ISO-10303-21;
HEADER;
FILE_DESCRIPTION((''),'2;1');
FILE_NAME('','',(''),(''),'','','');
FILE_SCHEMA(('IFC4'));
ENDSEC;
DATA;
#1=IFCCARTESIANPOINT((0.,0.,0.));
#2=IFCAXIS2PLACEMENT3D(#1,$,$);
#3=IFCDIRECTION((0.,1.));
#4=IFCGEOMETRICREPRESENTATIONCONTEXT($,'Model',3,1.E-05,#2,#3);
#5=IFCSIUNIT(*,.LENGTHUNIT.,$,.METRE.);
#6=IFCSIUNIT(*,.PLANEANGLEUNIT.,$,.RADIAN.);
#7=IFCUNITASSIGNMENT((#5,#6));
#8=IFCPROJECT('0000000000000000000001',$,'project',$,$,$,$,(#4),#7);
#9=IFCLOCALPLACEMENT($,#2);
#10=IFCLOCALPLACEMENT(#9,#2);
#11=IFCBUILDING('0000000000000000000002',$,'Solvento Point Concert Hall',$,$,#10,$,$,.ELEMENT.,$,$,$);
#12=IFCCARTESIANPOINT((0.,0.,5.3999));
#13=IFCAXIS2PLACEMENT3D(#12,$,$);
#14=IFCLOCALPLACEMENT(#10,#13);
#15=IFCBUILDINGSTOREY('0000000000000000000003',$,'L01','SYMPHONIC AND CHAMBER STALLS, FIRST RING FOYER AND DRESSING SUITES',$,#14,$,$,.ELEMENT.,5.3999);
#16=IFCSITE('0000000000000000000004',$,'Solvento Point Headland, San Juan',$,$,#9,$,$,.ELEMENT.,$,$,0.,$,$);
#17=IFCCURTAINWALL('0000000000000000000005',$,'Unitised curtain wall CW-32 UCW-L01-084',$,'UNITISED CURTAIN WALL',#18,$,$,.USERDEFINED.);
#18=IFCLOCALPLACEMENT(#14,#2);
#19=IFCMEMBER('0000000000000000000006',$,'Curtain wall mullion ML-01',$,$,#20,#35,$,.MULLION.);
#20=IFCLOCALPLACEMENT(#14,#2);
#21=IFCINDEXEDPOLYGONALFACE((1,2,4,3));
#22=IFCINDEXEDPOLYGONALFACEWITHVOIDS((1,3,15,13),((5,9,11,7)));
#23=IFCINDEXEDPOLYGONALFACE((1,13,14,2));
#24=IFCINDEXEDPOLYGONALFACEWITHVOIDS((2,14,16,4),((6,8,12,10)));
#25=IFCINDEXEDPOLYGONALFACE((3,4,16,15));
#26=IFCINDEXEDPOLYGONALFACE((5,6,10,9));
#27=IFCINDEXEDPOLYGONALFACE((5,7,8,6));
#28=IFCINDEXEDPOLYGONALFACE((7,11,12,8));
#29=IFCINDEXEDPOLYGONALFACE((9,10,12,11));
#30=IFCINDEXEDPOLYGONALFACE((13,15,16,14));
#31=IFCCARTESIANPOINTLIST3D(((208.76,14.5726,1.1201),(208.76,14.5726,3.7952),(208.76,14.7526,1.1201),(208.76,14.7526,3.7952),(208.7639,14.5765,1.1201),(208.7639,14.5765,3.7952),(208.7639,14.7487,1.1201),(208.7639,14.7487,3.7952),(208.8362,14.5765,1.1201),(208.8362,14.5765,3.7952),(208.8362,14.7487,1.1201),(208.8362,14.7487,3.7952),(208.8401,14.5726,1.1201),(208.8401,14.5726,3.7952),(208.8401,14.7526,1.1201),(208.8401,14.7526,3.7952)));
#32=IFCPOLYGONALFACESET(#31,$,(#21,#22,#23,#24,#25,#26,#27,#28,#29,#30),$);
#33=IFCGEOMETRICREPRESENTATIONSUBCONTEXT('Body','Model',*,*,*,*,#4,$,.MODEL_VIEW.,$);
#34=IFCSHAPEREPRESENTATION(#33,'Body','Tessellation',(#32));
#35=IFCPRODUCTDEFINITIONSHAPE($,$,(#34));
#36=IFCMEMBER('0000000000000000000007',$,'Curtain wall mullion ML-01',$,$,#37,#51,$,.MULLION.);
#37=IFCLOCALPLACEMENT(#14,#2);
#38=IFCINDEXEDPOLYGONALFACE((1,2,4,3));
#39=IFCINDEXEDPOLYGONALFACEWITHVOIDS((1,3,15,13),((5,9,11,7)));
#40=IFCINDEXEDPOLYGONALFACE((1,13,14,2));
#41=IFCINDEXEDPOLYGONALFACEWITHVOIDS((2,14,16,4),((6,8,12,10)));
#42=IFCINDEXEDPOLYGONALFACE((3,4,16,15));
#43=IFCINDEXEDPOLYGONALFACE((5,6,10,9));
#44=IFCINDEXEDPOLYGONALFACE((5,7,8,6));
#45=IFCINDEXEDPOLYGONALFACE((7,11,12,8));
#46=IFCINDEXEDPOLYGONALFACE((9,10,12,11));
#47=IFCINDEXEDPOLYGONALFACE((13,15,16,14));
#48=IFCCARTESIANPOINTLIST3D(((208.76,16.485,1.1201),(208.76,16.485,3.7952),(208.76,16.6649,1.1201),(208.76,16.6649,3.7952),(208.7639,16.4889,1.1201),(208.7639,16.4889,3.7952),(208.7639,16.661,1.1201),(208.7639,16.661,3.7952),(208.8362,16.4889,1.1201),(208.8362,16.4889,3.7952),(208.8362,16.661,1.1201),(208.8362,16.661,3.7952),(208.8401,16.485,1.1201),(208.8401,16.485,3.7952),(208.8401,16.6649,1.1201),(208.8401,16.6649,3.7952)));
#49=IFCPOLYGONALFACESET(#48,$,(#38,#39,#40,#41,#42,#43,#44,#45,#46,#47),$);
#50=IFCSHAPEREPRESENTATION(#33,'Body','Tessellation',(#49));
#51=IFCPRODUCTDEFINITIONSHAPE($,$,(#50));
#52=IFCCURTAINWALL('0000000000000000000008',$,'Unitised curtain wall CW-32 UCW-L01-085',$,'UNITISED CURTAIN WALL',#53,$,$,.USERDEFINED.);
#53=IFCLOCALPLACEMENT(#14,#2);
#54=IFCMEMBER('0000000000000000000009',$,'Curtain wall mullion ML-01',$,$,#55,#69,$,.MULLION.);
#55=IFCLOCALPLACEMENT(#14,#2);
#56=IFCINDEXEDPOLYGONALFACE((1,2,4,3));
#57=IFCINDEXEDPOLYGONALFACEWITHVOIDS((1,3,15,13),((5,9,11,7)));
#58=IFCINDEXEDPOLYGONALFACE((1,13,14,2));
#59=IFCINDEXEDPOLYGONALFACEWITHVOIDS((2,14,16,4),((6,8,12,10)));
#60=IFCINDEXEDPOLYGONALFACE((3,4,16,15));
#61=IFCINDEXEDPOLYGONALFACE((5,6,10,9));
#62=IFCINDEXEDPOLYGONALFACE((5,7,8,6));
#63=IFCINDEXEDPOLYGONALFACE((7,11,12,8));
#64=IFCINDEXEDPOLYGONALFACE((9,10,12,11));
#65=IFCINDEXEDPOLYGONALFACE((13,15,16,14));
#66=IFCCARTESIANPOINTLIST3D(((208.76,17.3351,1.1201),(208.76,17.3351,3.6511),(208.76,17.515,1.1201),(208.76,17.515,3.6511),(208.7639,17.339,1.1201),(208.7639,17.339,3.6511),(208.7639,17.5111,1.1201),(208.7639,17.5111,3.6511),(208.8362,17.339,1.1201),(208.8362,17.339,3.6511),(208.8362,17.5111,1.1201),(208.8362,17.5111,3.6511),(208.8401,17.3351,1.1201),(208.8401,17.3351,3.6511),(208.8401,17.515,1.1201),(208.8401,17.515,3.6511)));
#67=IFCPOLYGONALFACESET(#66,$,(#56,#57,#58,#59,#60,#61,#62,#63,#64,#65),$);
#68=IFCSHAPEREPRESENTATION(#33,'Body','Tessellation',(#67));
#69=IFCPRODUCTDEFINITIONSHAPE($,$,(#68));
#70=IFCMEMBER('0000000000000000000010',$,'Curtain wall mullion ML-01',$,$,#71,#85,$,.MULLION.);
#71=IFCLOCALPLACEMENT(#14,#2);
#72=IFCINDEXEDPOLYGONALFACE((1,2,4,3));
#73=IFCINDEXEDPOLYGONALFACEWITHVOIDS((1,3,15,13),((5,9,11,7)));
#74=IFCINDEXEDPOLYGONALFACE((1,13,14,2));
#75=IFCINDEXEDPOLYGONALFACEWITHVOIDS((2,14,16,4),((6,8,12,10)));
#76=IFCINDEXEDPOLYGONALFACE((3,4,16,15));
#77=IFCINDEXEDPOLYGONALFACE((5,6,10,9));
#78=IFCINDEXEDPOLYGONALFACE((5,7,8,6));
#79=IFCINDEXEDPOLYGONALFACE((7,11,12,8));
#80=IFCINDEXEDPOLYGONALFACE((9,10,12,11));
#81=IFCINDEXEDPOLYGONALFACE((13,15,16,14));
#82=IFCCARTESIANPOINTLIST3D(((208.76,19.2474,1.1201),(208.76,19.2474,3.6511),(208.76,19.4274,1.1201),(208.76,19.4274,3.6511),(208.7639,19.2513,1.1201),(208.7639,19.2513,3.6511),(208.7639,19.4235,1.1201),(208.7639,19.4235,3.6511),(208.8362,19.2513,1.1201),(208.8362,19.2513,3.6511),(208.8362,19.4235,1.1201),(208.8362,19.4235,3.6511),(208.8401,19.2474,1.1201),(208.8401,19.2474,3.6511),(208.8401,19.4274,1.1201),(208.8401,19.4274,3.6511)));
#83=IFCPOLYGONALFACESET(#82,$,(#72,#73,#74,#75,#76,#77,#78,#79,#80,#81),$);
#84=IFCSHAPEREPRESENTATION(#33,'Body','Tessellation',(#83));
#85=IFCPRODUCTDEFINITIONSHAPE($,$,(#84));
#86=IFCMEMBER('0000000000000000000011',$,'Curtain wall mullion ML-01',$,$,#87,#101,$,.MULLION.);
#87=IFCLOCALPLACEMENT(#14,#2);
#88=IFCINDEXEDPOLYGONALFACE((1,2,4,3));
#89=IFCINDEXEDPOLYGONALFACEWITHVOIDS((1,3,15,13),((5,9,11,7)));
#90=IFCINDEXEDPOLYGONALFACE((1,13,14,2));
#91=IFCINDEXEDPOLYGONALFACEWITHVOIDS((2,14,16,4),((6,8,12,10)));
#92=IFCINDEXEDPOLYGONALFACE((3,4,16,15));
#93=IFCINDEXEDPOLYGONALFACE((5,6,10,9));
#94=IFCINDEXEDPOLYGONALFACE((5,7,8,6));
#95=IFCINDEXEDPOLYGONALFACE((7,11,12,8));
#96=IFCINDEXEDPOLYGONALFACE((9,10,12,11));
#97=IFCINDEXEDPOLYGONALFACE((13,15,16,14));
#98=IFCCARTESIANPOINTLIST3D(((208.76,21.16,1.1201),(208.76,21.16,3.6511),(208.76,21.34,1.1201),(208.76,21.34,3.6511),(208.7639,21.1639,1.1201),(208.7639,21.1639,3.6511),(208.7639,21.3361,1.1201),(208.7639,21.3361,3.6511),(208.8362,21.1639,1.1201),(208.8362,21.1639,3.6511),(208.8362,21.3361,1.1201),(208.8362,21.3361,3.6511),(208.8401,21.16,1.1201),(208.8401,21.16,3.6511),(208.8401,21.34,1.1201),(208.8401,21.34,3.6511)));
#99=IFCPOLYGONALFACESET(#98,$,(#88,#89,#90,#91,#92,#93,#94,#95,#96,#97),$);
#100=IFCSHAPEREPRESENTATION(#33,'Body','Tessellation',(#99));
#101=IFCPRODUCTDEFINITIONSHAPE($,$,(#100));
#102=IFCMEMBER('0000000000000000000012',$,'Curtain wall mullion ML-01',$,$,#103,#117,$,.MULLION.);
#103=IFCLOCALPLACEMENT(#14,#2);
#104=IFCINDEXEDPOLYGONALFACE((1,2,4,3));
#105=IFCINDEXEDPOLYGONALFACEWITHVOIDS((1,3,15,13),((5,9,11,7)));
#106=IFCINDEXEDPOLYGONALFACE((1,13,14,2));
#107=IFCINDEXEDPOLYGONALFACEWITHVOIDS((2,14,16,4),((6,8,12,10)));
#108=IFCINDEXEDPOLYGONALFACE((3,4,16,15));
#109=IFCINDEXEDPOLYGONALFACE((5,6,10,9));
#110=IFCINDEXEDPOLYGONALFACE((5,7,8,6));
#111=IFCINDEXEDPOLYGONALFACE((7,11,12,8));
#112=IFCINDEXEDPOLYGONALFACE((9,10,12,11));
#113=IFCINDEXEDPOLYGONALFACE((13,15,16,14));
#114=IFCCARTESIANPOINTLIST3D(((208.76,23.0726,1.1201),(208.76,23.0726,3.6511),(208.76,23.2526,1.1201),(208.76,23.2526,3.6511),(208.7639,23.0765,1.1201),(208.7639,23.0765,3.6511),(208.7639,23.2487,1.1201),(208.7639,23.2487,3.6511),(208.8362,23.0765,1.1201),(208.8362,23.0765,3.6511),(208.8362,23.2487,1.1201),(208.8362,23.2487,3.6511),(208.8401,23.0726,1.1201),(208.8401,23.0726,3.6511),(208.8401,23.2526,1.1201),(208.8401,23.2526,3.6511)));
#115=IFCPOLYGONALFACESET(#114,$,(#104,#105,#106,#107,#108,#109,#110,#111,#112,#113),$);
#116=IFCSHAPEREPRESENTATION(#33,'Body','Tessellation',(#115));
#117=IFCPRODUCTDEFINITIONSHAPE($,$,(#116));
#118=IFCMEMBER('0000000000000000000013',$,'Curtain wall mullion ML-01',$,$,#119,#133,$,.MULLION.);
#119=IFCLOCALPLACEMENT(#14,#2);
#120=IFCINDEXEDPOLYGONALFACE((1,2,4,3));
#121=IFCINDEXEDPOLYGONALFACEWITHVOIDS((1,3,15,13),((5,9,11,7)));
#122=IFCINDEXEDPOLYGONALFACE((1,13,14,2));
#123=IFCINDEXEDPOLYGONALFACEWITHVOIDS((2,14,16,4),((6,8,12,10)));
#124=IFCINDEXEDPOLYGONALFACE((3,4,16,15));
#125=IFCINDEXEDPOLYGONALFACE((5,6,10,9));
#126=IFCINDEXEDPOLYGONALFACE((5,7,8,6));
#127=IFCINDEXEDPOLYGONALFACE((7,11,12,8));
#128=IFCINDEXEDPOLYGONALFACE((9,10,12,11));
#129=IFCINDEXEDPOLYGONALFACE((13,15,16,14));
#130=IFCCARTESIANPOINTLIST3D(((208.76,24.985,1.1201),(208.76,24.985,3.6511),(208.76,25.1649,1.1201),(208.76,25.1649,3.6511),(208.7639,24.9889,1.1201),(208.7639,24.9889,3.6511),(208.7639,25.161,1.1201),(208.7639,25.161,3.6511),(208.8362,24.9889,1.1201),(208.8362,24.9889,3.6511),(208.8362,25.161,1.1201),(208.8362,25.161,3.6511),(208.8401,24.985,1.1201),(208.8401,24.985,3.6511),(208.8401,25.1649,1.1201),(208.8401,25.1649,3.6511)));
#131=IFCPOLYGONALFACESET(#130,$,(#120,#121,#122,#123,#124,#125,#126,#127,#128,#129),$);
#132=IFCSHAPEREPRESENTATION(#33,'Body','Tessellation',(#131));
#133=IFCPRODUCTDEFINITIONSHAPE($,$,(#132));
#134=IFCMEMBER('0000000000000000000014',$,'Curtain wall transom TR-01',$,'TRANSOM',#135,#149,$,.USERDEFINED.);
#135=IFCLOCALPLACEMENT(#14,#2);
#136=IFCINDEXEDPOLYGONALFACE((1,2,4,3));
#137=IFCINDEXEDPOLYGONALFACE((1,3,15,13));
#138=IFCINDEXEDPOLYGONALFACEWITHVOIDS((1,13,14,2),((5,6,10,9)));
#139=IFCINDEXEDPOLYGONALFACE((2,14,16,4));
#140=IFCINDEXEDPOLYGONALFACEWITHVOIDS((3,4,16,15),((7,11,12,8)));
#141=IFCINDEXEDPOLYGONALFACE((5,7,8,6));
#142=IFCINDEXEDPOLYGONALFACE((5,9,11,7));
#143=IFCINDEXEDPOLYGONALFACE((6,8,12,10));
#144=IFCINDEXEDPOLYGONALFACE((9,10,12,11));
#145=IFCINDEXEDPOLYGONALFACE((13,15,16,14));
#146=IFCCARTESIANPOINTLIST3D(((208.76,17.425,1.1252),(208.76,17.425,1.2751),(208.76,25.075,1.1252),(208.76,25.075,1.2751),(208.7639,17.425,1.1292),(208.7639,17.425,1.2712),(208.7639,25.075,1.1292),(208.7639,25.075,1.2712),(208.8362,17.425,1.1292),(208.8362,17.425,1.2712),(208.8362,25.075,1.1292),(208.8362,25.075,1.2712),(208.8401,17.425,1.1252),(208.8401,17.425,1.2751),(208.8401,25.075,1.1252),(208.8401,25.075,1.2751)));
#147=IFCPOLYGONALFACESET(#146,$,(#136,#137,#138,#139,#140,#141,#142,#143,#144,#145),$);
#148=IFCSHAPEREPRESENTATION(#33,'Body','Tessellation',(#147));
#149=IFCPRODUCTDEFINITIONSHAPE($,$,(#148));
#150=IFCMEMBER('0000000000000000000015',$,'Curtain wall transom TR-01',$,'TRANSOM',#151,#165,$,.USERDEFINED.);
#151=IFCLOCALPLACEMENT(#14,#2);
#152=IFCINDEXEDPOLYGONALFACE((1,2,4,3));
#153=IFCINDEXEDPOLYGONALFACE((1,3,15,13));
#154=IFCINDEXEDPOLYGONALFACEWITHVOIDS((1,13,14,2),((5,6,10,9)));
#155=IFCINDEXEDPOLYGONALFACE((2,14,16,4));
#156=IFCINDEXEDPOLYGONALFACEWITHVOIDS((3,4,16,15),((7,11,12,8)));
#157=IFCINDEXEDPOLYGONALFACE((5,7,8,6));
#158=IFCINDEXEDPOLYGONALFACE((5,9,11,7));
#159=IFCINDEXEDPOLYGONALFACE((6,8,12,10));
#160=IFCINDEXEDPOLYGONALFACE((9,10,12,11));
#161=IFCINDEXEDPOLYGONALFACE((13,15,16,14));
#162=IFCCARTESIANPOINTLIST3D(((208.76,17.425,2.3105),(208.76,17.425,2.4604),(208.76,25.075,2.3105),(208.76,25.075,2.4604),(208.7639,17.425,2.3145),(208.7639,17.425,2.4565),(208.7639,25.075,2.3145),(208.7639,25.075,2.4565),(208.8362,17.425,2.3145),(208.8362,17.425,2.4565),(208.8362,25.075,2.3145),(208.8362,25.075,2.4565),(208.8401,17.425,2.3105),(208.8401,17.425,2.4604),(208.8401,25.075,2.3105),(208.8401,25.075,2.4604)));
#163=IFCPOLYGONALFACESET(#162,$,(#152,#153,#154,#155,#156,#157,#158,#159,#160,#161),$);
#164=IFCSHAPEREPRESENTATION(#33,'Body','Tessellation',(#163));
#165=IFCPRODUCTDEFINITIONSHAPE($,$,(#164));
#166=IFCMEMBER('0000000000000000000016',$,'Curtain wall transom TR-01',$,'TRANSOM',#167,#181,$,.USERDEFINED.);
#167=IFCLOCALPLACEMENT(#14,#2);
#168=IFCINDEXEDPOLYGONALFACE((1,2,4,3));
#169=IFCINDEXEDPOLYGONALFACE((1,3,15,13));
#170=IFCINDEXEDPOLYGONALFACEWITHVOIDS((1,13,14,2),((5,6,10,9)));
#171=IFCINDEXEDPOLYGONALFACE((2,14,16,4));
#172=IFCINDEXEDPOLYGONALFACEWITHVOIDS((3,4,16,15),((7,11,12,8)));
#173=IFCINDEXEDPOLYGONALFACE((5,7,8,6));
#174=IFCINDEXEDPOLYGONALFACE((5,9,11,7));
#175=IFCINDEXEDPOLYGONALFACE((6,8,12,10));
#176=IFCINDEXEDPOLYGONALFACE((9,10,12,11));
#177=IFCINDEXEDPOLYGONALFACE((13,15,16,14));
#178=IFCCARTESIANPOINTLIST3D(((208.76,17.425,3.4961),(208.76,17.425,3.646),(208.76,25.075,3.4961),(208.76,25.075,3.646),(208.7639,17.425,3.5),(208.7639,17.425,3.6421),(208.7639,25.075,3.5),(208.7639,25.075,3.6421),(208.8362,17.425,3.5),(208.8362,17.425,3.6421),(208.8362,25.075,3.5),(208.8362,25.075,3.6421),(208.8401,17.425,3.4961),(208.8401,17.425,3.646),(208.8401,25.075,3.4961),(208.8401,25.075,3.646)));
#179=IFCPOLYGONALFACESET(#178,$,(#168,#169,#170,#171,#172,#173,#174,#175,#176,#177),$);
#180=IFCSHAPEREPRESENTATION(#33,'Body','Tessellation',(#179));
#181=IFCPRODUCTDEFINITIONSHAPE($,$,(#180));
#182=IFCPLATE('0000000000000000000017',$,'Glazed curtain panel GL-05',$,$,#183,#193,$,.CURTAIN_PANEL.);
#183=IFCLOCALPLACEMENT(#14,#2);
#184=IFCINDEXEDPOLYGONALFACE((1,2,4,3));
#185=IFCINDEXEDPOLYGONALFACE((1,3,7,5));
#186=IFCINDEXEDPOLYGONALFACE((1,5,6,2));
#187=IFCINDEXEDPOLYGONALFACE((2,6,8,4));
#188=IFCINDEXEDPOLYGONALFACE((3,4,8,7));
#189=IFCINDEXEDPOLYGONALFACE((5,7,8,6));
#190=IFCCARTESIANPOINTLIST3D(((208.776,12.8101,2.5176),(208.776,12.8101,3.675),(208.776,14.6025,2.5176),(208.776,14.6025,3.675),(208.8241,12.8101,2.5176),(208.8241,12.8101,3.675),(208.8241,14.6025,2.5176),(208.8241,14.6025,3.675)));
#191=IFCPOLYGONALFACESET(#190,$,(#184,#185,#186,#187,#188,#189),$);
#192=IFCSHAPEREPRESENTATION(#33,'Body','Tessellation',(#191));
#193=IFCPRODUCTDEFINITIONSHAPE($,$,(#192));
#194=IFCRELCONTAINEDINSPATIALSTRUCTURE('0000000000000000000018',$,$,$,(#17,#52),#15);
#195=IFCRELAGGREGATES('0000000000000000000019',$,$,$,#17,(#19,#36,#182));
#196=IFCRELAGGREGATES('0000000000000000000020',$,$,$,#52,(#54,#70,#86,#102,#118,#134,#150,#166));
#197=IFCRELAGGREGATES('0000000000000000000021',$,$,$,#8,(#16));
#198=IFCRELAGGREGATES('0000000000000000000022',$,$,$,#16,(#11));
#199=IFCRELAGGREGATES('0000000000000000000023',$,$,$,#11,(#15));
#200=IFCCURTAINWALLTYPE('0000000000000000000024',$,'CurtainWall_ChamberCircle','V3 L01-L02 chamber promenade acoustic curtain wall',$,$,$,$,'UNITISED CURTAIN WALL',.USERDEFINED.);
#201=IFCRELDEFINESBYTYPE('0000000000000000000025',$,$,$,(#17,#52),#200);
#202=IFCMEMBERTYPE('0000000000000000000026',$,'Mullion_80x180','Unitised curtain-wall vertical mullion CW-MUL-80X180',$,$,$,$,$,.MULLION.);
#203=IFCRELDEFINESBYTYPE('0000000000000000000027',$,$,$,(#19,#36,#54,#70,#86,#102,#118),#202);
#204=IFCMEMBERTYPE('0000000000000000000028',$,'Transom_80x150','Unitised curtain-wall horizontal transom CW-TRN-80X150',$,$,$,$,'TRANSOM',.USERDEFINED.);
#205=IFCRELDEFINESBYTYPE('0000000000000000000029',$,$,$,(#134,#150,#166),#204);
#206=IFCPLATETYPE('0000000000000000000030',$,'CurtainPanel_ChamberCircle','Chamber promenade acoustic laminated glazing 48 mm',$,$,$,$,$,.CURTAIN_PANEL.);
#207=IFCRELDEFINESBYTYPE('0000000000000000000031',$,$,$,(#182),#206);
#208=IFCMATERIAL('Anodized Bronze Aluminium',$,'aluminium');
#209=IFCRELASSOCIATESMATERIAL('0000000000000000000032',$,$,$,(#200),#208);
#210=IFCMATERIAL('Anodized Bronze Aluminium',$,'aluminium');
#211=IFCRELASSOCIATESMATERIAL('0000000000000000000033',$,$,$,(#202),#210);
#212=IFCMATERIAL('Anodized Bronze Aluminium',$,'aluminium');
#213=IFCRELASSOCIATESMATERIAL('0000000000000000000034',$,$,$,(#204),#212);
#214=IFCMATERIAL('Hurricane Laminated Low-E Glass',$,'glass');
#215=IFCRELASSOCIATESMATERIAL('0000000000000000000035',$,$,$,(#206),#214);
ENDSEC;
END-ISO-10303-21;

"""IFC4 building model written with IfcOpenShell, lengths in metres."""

from ifc_helpers import new_model, si_unit, direction, frame, origin, origin_2d, place, context, subcontext, project, spatial, rectangle, hollow_rectangle, extrude, material, material_profile, profile_set, type_object, element, aggregate, save


model = new_model("IFC4")

# Units and contexts
model_context = context("Model", 3, precision=1e-05, world=origin(), true_north=direction((0.0, 1.0)))
body_context = subcontext(model_context, "Body", "Model", "MODEL_VIEW")
ifc_project = project(units=[si_unit("LENGTHUNIT", "METRE"), si_unit("PLANEANGLEUNIT", "RADIAN")], contexts=[model_context])

# Site, building, storey
site_placement = place(None, origin())
site = spatial("IfcSite", under=ifc_project, at=site_placement, Name="Solvento Point Headland, San Juan", CompositionType="ELEMENT", RefElevation=0.0)
building_placement = place(site_placement, origin())
building = spatial("IfcBuilding", under=site, at=building_placement, Name="Solvento Point Concert Hall", CompositionType="ELEMENT")
storey_placement = place(building_placement, frame((0.0, 0.0, 5.3999)))
storey = spatial("IfcBuildingStorey", under=building, at=storey_placement, Name="L01", Description="SYMPHONIC AND CHAMBER STALLS, FIRST RING FOYER AND DRESSING SUITES", CompositionType="ELEMENT", Elevation=5.3999)

# Curtain walls, members
ifc_material_1 = material(Name="Anodized Bronze Aluminium", Category="aluminium")
curtain_wall_type = type_object("IfcCurtainWallType", Name="CurtainWall_ChamberCircle", Description="V3 L01-L02 chamber promenade acoustic curtain wall", ElementType="UNITISED CURTAIN WALL", PredefinedType="USERDEFINED", material=ifc_material_1)
curtain_wall_1_placement = place(storey_placement, origin())
curtain_wall_1 = element("IfcCurtainWall", 1, at=curtain_wall_1_placement, inside=storey, type_object=curtain_wall_type, Name="Unitised curtain wall CW-32 UCW-L01-084", ObjectType="UNITISED CURTAIN WALL", PredefinedType="USERDEFINED")
ifc_material_2 = material(Name="Anodized Bronze Aluminium", Category="aluminium")
ifc_material_profile_1 = material_profile(ifc_material_2, hollow_rectangle(XDim=0.0801, YDim=0.1799, WallThickness=0.0039, at=origin_2d()), Name="CW-MUL-80X180")
ifc_profile_set_1 = profile_set([ifc_material_profile_1], Name="Anodized Bronze Aluminium")
member_type_1 = type_object("IfcMemberType", Name="Mullion_80x180", Description="Unitised curtain-wall vertical mullion CW-MUL-80X180", PredefinedType="MULLION", material=ifc_profile_set_1)
member_1_placement = place(storey_placement, frame((208.8, 14.6626, 1.1201), z_axis=(0.0, 0.0, 1.0), x_axis=(1.0, 0.0, 0.0)))
member_1 = element("IfcMember", 2, at=member_1_placement, type_object=member_type_1, Name="Curtain wall mullion ML-01", PredefinedType="MULLION", context=body_context, shape_type="SweptSolid", body=[
    extrude(hollow_rectangle(XDim=0.0801, YDim=0.1799, WallThickness=0.0039, at=origin_2d()), origin(), (0.0, 0.0, 1.0), 2.675),
])
member_2_placement = place(storey_placement, frame((208.8, 16.575, 1.1201), z_axis=(0.0, 0.0, 1.0), x_axis=(1.0, 0.0, 0.0)))
member_2 = element("IfcMember", 3, at=member_2_placement, type_object=member_type_1, Name="Curtain wall mullion ML-01", PredefinedType="MULLION", context=body_context, shape_type="SweptSolid", body=[
    extrude(hollow_rectangle(XDim=0.0801, YDim=0.1799, WallThickness=0.0039, at=origin_2d()), origin(), (0.0, 0.0, 1.0), 2.675),
])
curtain_wall_2_placement = place(storey_placement, origin())
curtain_wall_2 = element("IfcCurtainWall", 4, at=curtain_wall_2_placement, inside=storey, type_object=curtain_wall_type, Name="Unitised curtain wall CW-32 UCW-L01-085", ObjectType="UNITISED CURTAIN WALL", PredefinedType="USERDEFINED")
member_3_placement = place(storey_placement, frame((208.8, 17.425, 1.1201), z_axis=(0.0, 0.0, 1.0), x_axis=(1.0, 0.0, 0.0)))
member_3 = element("IfcMember", 5, at=member_3_placement, type_object=member_type_1, Name="Curtain wall mullion ML-01", PredefinedType="MULLION", context=body_context, shape_type="SweptSolid", body=[
    extrude(hollow_rectangle(XDim=0.0801, YDim=0.1799, WallThickness=0.0039, at=origin_2d()), origin(), (0.0, 0.0, 1.0), 2.531),
])
member_4_placement = place(storey_placement, frame((208.8, 19.3374, 1.1201), z_axis=(0.0, 0.0, 1.0), x_axis=(1.0, 0.0, 0.0)))
member_4 = element("IfcMember", 6, at=member_4_placement, type_object=member_type_1, Name="Curtain wall mullion ML-01", PredefinedType="MULLION", context=body_context, shape_type="SweptSolid", body=[
    extrude(hollow_rectangle(XDim=0.0801, YDim=0.1799, WallThickness=0.0039, at=origin_2d()), origin(), (0.0, 0.0, 1.0), 2.531),
])
member_5_placement = place(storey_placement, frame((208.8, 21.25, 1.1201), z_axis=(0.0, 0.0, 1.0), x_axis=(1.0, 0.0, 0.0)))
member_5 = element("IfcMember", 7, at=member_5_placement, type_object=member_type_1, Name="Curtain wall mullion ML-01", PredefinedType="MULLION", context=body_context, shape_type="SweptSolid", body=[
    extrude(hollow_rectangle(XDim=0.0801, YDim=0.1799, WallThickness=0.0039, at=origin_2d()), origin(), (0.0, 0.0, 1.0), 2.531),
])
member_6_placement = place(storey_placement, frame((208.8, 23.1626, 1.1201), z_axis=(0.0, 0.0, 1.0), x_axis=(1.0, 0.0, 0.0)))
member_6 = element("IfcMember", 8, at=member_6_placement, type_object=member_type_1, Name="Curtain wall mullion ML-01", PredefinedType="MULLION", context=body_context, shape_type="SweptSolid", body=[
    extrude(hollow_rectangle(XDim=0.0801, YDim=0.1799, WallThickness=0.0039, at=origin_2d()), origin(), (0.0, 0.0, 1.0), 2.531),
])
member_7_placement = place(storey_placement, frame((208.8, 25.075, 1.1201), z_axis=(0.0, 0.0, 1.0), x_axis=(1.0, 0.0, 0.0)))
member_7 = element("IfcMember", 9, at=member_7_placement, type_object=member_type_1, Name="Curtain wall mullion ML-01", PredefinedType="MULLION", context=body_context, shape_type="SweptSolid", body=[
    extrude(hollow_rectangle(XDim=0.0801, YDim=0.1799, WallThickness=0.0039, at=origin_2d()), origin(), (0.0, 0.0, 1.0), 2.531),
])
ifc_material_3 = material(Name="Anodized Bronze Aluminium", Category="aluminium")
ifc_material_profile_2 = material_profile(ifc_material_3, hollow_rectangle(XDim=0.0801, YDim=0.1499, WallThickness=0.0039, at=origin_2d()), Name="CW-TRN-80X150")
ifc_profile_set_2 = profile_set([ifc_material_profile_2], Name="Anodized Bronze Aluminium")
member_type_2 = type_object("IfcMemberType", Name="Transom_80x150", Description="Unitised curtain-wall horizontal transom CW-TRN-80X150", ElementType="TRANSOM", PredefinedType="USERDEFINED", material=ifc_profile_set_2)
member_8_placement = place(storey_placement, frame((208.8, 17.425, 1.2002), z_axis=(0.0, 1.0, 0.0), x_axis=(-1.0, 0.0, 0.0)))
member_8 = element("IfcMember", 10, at=member_8_placement, type_object=member_type_2, Name="Curtain wall transom TR-01", ObjectType="TRANSOM", PredefinedType="USERDEFINED", context=body_context, shape_type="SweptSolid", body=[
    extrude(hollow_rectangle(XDim=0.0801, YDim=0.1499, WallThickness=0.0039, at=origin_2d()), origin(), (0.0, 0.0, 1.0), 7.6499),
])
member_9_placement = place(storey_placement, frame((208.8, 17.425, 2.3855), z_axis=(0.0, 1.0, 0.0), x_axis=(-1.0, 0.0, 0.0)))
member_9 = element("IfcMember", 11, at=member_9_placement, type_object=member_type_2, Name="Curtain wall transom TR-01", ObjectType="TRANSOM", PredefinedType="USERDEFINED", context=body_context, shape_type="SweptSolid", body=[
    extrude(hollow_rectangle(XDim=0.0801, YDim=0.1499, WallThickness=0.0039, at=origin_2d()), origin(), (0.0, 0.0, 1.0), 7.6499),
])
member_10_placement = place(storey_placement, frame((208.8, 17.425, 3.571), z_axis=(0.0, 1.0, 0.0), x_axis=(-1.0, 0.0, 0.0)))
member_10 = element("IfcMember", 12, at=member_10_placement, type_object=member_type_2, Name="Curtain wall transom TR-01", ObjectType="TRANSOM", PredefinedType="USERDEFINED", context=body_context, shape_type="SweptSolid", body=[
    extrude(hollow_rectangle(XDim=0.0801, YDim=0.1499, WallThickness=0.0039, at=origin_2d()), origin(), (0.0, 0.0, 1.0), 7.6499),
])

# Plate
ifc_material_4 = material(Name="Hurricane Laminated Low-E Glass", Category="glass")
plate_type = type_object("IfcPlateType", Name="CurtainPanel_ChamberCircle", Description="Chamber promenade acoustic laminated glazing 48 mm", PredefinedType="CURTAIN_PANEL", material=ifc_material_4)
plate_1_placement = place(storey_placement, frame((208.8, 13.7063, 2.5176), z_axis=(0.0, 0.0, 1.0), x_axis=(0.0, 1.0, 0.0)))
plate_1 = element("IfcPlate", 13, at=plate_1_placement, type_object=plate_type, Name="Glazed curtain panel GL-05", PredefinedType="CURTAIN_PANEL", context=body_context, shape_type="SweptSolid", body=[
    extrude(rectangle(XDim=1.7925, YDim=0.0481, at=origin_2d()), origin(), (0.0, 0.0, 1.0), 1.1575),
])
aggregate(curtain_wall_1, [member_1, member_2, plate_1])
aggregate(curtain_wall_2, [member_3, member_4, member_5, member_6, member_7, member_8, member_9, member_10])

save(model, "model.ifc")
